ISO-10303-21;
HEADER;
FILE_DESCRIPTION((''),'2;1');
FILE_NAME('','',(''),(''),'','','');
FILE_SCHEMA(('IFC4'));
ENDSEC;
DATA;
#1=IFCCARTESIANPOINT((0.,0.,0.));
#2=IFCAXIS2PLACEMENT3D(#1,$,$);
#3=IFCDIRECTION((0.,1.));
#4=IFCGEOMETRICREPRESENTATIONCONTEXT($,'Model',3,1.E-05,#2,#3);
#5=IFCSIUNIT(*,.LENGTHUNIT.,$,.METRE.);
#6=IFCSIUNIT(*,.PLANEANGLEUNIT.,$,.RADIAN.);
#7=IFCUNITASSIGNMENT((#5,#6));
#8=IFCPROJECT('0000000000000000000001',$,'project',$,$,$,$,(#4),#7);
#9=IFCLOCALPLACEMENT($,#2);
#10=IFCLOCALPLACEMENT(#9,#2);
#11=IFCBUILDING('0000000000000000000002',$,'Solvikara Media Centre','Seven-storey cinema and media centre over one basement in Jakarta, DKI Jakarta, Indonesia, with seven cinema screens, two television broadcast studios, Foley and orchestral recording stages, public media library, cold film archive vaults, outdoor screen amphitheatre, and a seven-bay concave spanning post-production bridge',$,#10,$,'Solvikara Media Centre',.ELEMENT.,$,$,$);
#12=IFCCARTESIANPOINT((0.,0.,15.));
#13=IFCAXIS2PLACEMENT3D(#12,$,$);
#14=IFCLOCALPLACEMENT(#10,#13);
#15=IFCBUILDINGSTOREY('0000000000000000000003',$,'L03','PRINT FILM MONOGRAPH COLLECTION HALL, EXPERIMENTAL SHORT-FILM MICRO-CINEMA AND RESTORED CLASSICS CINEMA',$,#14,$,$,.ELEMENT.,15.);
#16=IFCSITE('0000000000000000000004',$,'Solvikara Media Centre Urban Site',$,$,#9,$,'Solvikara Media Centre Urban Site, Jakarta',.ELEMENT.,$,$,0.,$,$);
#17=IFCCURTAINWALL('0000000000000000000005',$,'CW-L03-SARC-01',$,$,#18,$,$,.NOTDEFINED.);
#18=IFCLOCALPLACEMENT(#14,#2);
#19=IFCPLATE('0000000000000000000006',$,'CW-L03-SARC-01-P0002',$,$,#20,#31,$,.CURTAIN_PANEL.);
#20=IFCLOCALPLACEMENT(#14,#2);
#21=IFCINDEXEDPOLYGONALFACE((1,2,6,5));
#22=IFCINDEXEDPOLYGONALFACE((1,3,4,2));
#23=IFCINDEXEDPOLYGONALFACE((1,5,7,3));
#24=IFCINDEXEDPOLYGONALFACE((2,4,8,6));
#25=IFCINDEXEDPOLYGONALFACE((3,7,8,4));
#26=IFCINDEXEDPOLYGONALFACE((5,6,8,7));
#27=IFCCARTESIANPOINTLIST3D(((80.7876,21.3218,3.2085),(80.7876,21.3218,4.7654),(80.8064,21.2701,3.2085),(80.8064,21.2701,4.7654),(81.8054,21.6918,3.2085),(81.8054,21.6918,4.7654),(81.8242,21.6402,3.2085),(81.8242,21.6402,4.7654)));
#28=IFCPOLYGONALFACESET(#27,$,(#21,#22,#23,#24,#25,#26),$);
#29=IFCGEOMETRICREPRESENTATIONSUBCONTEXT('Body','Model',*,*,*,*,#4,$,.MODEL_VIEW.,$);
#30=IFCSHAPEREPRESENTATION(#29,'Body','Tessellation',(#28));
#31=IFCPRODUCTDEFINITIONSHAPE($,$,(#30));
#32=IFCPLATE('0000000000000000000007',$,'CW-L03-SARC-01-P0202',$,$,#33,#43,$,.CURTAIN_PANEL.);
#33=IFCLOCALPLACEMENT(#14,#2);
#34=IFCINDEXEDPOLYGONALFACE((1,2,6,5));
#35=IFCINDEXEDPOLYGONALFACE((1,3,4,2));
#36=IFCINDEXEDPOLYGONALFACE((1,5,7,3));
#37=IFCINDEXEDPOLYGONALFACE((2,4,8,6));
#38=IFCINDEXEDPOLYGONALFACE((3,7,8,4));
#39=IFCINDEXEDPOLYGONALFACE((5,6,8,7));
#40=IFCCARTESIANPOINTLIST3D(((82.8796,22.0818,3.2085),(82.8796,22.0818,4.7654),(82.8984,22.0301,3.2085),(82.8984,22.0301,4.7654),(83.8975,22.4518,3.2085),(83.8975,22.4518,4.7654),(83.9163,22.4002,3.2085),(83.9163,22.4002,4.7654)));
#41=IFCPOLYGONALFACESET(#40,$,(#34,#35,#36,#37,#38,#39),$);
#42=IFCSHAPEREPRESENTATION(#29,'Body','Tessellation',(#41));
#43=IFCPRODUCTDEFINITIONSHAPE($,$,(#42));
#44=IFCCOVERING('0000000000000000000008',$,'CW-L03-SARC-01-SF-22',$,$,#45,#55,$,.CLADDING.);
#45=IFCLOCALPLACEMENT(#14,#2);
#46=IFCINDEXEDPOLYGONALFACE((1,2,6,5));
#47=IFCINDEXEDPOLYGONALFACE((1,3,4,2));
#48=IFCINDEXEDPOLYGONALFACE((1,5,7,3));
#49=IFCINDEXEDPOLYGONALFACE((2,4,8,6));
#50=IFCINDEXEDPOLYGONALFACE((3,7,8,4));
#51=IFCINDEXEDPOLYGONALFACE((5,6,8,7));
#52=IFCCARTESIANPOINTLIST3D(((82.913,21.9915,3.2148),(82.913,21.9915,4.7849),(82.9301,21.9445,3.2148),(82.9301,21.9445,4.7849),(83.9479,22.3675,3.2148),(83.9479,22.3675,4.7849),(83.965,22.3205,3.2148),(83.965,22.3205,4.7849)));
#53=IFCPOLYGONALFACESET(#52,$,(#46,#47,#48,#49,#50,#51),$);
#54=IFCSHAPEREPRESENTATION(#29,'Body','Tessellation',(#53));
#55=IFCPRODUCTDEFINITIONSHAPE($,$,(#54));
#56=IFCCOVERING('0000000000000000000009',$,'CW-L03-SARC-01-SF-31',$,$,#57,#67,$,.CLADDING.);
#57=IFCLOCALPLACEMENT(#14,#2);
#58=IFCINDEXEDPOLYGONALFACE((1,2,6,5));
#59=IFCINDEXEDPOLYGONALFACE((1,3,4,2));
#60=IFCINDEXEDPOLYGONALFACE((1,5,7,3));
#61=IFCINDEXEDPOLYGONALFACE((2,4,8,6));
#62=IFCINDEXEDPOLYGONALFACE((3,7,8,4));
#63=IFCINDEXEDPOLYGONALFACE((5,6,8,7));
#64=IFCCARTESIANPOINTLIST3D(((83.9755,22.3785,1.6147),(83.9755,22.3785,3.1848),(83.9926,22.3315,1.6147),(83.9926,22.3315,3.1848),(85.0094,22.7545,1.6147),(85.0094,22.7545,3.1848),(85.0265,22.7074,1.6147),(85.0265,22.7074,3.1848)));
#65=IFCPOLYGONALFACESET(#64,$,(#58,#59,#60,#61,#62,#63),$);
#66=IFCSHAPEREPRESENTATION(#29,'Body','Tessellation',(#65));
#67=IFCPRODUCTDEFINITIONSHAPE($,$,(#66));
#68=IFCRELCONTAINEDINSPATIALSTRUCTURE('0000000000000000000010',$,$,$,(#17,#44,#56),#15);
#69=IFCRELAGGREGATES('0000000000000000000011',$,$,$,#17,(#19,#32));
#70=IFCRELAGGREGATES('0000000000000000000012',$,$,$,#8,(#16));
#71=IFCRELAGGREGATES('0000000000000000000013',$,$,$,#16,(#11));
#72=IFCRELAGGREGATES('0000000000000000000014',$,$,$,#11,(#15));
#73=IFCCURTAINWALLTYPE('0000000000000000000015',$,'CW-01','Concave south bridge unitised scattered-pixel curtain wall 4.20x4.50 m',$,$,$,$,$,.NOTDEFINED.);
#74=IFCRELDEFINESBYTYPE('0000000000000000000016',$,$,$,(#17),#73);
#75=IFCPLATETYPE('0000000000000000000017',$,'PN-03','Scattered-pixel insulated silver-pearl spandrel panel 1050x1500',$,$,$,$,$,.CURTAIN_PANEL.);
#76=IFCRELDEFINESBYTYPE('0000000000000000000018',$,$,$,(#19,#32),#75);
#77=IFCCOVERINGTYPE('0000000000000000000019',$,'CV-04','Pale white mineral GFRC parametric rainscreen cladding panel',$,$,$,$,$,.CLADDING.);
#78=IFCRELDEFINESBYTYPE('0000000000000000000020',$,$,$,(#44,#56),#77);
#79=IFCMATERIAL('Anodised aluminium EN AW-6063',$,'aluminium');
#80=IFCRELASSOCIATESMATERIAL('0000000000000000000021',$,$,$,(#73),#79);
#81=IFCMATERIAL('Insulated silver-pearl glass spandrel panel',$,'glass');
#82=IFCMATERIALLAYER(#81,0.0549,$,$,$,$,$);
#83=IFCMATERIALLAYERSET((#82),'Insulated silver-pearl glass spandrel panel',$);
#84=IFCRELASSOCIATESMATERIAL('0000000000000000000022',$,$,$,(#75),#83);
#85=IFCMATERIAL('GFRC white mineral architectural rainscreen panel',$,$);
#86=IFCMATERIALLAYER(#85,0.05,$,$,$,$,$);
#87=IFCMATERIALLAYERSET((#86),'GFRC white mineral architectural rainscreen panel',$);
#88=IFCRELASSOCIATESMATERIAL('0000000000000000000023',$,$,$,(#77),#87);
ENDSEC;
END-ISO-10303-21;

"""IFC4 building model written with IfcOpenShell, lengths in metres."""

from ifc_helpers import new_model, si_unit, direction, frame, origin, origin_2d, place, context, subcontext, project, spatial, rectangle, extrude, material, layer, layer_set, type_object, element, aggregate, save


model = new_model("IFC4")

# Units and contexts
model_context = context("Model", 3, precision=1e-05, world=origin(), true_north=direction((0.0, 1.0)))
body_context = subcontext(model_context, "Body", "Model", "MODEL_VIEW")
ifc_project = project(units=[si_unit("LENGTHUNIT", "METRE"), si_unit("PLANEANGLEUNIT", "RADIAN")], contexts=[model_context])

# Site, building, storey
site_placement = place(None, origin())
site = spatial("IfcSite", under=ifc_project, at=site_placement, Name="Solvikara Media Centre Urban Site", LongName="Solvikara Media Centre Urban Site, Jakarta", CompositionType="ELEMENT", RefElevation=0.0)
building_placement = place(site_placement, origin())
building = spatial("IfcBuilding", under=site, at=building_placement, Name="Solvikara Media Centre", Description="Seven-storey cinema and media centre over one basement in Jakarta, DKI Jakarta, Indonesia, with seven cinema screens, two television broadcast studios, Foley and orchestral recording stages, public media library, cold film archive vaults, outdoor screen amphitheatre, and a seven-bay concave spanning post-production bridge", LongName="Solvikara Media Centre", CompositionType="ELEMENT")
storey_placement = place(building_placement, frame((0.0, 0.0, 15.0)))
storey = spatial("IfcBuildingStorey", under=building, at=storey_placement, Name="L03", Description="PRINT FILM MONOGRAPH COLLECTION HALL, EXPERIMENTAL SHORT-FILM MICRO-CINEMA AND RESTORED CLASSICS CINEMA", CompositionType="ELEMENT", Elevation=15.0)

# Curtain wall
ifc_material_1 = material(Name="Anodised aluminium EN AW-6063", Category="aluminium")
curtain_wall_type = type_object("IfcCurtainWallType", Name="CW-01", Description="Concave south bridge unitised scattered-pixel curtain wall 4.20x4.50 m", PredefinedType="NOTDEFINED", material=ifc_material_1)
curtain_wall_1_placement = place(storey_placement, origin())
curtain_wall_1 = element("IfcCurtainWall", 1, at=curtain_wall_1_placement, inside=storey, type_object=curtain_wall_type, Name="CW-L03-SARC-01", PredefinedType="NOTDEFINED")

# Plates
ifc_material_2 = material(Name="Insulated silver-pearl glass spandrel panel", Category="glass")
ifc_layer_1 = layer(ifc_material_2, 0.0549)
ifc_layer_set_1 = layer_set([ifc_layer_1], Name="Insulated silver-pearl glass spandrel panel")
plate_type_1 = type_object("IfcPlateType", Name="PN-03", Description="Scattered-pixel insulated silver-pearl spandrel panel 1050x1500", PredefinedType="CURTAIN_PANEL", material=ifc_layer_set_1)
plate_1_placement = place(storey_placement, frame((81.3059, 21.481, 3.2085), z_axis=(0.0, 0.0, 1.0), x_axis=(0.939824, 0.341659, 0.0)))
plate_1 = element("IfcPlate", 2, at=plate_1_placement, type_object=plate_type_1, Name="CW-L03-SARC-01-P0002", PredefinedType="CURTAIN_PANEL", context=body_context, shape_type="SweptSolid", body=[
    extrude(rectangle(XDim=1.083, YDim=0.0549, at=origin_2d()), origin(), (0.0, 0.0, 1.0), 1.5569),
])
plate_2_placement = place(storey_placement, frame((83.3979, 22.241, 3.2085), z_axis=(0.0, 0.0, 1.0), x_axis=(0.939824, 0.341659, 0.0)))
plate_2 = element("IfcPlate", 3, at=plate_2_placement, type_object=plate_type_1, Name="CW-L03-SARC-01-P0202", PredefinedType="CURTAIN_PANEL", context=body_context, shape_type="SweptSolid", body=[
    extrude(rectangle(XDim=1.083, YDim=0.0549, at=origin_2d()), origin(), (0.0, 0.0, 1.0), 1.5569),
])
aggregate(curtain_wall_1, [plate_1, plate_2])

# Coverings
ifc_material_3 = material(Name="GFRC white mineral architectural rainscreen panel")
ifc_layer_2 = layer(ifc_material_3, 0.05)
ifc_layer_set_2 = layer_set([ifc_layer_2], Name="GFRC white mineral architectural rainscreen panel")
covering_type = type_object("IfcCoveringType", Name="CV-04", Description="Pale white mineral GFRC parametric rainscreen cladding panel", PredefinedType="CLADDING", material=ifc_layer_set_2)
covering_1_placement = place(storey_placement, frame((83.439, 22.156, 3.2148), z_axis=(0.0, 0.0, 1.0), x_axis=(0.939901, 0.341446, 0.0)))
element("IfcCovering", 4, at=covering_1_placement, inside=storey, type_object=covering_type, Name="CW-L03-SARC-01-SF-22", PredefinedType="CLADDING", context=body_context, shape_type="SweptSolid", body=[
    extrude(rectangle(XDim=1.1011, YDim=0.05, at=origin_2d()), origin(), (0.0, 0.0, 1.0), 1.5701),
])
covering_2_placement = place(storey_placement, frame((84.501, 22.543, 1.6147), z_axis=(0.0, 0.0, 1.0), x_axis=(0.939794, 0.341741, 0.0)))
element("IfcCovering", 5, at=covering_2_placement, inside=storey, type_object=covering_type, Name="CW-L03-SARC-01-SF-31", PredefinedType="CLADDING", context=body_context, shape_type="SweptSolid", body=[
    extrude(rectangle(XDim=1.1001, YDim=0.05, at=origin_2d()), origin(), (0.0, 0.0, 1.0), 1.5701),
])

save(model, "model.ifc")
